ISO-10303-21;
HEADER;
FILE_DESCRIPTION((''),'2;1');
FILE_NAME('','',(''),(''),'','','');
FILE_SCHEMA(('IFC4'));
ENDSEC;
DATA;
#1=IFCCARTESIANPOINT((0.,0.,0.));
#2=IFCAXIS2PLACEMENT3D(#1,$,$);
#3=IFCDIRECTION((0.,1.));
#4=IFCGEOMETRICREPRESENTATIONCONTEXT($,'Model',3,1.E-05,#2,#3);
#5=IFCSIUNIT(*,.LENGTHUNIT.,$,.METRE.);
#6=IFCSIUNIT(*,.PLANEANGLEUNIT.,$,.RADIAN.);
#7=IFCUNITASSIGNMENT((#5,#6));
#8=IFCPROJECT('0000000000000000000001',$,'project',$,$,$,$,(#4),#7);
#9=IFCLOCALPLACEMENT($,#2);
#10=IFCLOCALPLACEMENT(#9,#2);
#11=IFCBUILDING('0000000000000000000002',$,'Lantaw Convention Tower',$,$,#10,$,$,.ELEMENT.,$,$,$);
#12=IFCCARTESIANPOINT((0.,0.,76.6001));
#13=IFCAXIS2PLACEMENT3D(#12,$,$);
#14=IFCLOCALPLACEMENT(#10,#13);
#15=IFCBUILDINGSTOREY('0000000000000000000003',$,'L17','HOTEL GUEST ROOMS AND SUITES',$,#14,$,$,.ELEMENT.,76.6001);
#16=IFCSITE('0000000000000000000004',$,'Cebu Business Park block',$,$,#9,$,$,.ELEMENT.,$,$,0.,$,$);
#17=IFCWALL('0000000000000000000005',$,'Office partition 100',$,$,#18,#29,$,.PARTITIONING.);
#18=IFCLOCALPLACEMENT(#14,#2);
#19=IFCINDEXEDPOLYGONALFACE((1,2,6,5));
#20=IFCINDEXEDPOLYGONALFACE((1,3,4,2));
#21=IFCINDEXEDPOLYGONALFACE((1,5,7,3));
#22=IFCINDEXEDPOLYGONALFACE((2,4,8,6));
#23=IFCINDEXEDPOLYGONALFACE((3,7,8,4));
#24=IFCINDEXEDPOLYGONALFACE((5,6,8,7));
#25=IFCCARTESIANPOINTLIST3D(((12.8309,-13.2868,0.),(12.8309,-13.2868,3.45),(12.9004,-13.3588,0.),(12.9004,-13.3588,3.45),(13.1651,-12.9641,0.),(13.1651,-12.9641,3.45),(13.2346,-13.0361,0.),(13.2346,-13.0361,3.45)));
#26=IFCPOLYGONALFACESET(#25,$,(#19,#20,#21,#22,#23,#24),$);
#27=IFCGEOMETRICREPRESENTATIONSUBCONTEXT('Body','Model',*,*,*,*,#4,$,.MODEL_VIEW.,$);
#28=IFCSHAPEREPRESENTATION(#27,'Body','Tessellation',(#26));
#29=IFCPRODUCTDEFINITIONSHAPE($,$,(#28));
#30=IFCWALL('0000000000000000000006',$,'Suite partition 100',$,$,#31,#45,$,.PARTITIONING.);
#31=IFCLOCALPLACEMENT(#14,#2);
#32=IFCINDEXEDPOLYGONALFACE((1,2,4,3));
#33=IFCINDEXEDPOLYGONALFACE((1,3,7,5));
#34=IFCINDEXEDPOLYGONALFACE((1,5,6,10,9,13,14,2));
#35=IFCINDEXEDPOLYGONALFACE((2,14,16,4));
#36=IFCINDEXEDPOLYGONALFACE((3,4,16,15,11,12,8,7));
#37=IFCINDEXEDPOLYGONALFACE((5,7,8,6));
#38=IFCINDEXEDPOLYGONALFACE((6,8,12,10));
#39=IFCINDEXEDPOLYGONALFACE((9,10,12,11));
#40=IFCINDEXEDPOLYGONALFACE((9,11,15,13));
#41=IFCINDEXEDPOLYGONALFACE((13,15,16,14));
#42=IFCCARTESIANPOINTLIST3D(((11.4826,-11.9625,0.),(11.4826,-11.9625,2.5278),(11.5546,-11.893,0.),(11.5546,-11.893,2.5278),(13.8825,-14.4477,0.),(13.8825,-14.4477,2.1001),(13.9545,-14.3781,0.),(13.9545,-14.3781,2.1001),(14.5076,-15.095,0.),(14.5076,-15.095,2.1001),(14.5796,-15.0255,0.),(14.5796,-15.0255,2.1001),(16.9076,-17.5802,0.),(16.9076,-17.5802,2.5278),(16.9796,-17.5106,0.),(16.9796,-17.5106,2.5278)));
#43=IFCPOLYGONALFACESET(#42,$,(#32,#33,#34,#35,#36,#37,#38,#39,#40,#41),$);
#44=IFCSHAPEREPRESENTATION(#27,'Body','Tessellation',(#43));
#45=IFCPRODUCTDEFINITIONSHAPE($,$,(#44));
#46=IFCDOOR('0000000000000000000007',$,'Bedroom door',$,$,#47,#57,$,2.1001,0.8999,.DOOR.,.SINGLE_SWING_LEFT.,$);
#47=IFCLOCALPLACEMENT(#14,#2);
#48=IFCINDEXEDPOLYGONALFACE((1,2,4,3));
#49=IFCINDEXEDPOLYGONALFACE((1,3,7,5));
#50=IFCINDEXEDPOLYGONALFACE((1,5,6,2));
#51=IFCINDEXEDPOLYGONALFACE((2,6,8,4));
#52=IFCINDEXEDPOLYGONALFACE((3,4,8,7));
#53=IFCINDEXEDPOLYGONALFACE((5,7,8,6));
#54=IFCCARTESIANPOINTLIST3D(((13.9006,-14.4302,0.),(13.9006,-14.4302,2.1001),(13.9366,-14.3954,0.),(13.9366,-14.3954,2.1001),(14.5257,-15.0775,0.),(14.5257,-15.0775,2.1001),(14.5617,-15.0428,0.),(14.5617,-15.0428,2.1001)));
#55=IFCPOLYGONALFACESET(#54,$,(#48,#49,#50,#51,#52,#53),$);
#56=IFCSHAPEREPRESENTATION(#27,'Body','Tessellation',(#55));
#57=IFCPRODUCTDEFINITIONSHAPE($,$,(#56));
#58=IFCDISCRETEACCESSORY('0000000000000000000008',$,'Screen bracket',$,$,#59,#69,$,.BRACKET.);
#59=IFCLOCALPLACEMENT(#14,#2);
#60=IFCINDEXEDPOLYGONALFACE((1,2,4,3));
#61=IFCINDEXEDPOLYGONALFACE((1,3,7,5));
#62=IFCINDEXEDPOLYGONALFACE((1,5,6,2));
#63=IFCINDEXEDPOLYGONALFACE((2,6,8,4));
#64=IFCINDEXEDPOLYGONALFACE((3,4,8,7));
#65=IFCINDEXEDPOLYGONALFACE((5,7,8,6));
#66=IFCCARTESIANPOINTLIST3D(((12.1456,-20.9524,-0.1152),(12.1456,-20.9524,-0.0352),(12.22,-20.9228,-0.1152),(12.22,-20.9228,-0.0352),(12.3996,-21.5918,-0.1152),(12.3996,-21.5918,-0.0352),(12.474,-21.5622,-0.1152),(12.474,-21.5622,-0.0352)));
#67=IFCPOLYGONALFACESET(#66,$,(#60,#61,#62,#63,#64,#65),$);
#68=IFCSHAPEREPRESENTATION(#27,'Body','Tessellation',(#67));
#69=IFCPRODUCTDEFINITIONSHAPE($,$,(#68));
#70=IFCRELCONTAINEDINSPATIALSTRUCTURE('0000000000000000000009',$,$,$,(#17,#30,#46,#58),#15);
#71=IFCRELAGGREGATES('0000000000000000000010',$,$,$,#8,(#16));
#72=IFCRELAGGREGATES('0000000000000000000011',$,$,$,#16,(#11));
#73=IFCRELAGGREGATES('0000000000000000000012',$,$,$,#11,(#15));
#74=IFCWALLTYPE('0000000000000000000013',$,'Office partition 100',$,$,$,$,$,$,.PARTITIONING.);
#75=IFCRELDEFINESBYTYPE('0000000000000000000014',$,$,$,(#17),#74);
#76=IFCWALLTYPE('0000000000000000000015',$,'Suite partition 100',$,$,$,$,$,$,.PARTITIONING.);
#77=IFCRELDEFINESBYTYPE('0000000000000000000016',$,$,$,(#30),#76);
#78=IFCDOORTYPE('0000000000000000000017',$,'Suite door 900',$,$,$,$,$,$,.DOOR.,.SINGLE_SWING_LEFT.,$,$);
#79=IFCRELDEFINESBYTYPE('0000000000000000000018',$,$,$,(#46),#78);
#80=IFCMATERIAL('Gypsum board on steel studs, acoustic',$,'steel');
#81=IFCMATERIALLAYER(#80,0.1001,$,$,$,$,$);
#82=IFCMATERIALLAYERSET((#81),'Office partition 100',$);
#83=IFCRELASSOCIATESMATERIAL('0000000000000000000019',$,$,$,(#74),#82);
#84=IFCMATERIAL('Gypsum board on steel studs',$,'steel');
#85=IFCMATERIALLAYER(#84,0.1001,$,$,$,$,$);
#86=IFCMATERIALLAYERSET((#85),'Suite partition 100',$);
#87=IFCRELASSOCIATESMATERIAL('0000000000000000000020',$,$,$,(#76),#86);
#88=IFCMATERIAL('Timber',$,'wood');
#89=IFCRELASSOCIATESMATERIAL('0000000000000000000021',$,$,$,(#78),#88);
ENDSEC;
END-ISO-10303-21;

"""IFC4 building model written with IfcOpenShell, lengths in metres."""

from ifc_helpers import new_model, si_unit, direction, frame, frame_2d, origin, origin_2d, place, context, subcontext, project, spatial, rectangle, extrude, material, layer, layer_set, type_object, element, fill, save


model = new_model("IFC4")

# Units and contexts
model_context = context("Model", 3, precision=1e-05, world=origin(), true_north=direction((0.0, 1.0)))
body_context = subcontext(model_context, "Body", "Model", "MODEL_VIEW")
ifc_project = project(units=[si_unit("LENGTHUNIT", "METRE"), si_unit("PLANEANGLEUNIT", "RADIAN")], contexts=[model_context])

# Site, building, storey
site_placement = place(None, origin())
site = spatial("IfcSite", under=ifc_project, at=site_placement, Name="Cebu Business Park block", CompositionType="ELEMENT", RefElevation=0.0)
building_placement = place(site_placement, origin())
building = spatial("IfcBuilding", under=site, at=building_placement, Name="Lantaw Convention Tower", CompositionType="ELEMENT")
storey_placement = place(building_placement, frame((0.0, 0.0, 76.6001)))
storey = spatial("IfcBuildingStorey", under=building, at=storey_placement, Name="L17", Description="HOTEL GUEST ROOMS AND SUITES", CompositionType="ELEMENT", Elevation=76.6001)

# Wall
ifc_material_1 = material(Name="Gypsum board on steel studs, acoustic", Category="steel")
ifc_layer_1 = layer(ifc_material_1, 0.1001)
ifc_layer_set_1 = layer_set([ifc_layer_1], Name="Office partition 100")
wall_type_1 = type_object("IfcWallType", Name="Office partition 100", PredefinedType="PARTITIONING", material=ifc_layer_set_1)
wall_1_placement = place(storey_placement, frame((13.2, -13.0, 0.0), z_axis=(0.0, 0.0, 1.0), x_axis=(-0.719347, -0.694651, 0.0)))
element("IfcWall", 1, at=wall_1_placement, inside=storey, type_object=wall_type_1, Name="Office partition 100", PredefinedType="PARTITIONING", context=body_context, shape_type="SweptSolid", body=[
    extrude(rectangle(XDim=0.4646, YDim=0.1001, at=frame_2d((0.2324, 0.0))), origin(), (0.0, 0.0, 1.0), 3.45),
])

# Wall, opening, door
ifc_material_2 = material(Name="Gypsum board on steel studs", Category="steel")
ifc_layer_2 = layer(ifc_material_2, 0.1001)
ifc_layer_set_2 = layer_set([ifc_layer_2], Name="Suite partition 100")
wall_type_2 = type_object("IfcWallType", Name="Suite partition 100", PredefinedType="PARTITIONING", material=ifc_layer_set_2)
wall_2_placement = place(storey_placement, frame((16.9436, -17.5454, 0.0), z_axis=(0.0, 0.0, 1.0), x_axis=(-0.694666, 0.719332, 0.0)))
wall_2 = element("IfcWall", 2, at=wall_2_placement, inside=storey, type_object=wall_type_2, Name="Suite partition 100", PredefinedType="PARTITIONING", context=body_context, shape_type="SweptSolid", body=[
    extrude(rectangle(XDim=7.8096, YDim=0.1001, at=frame_2d((3.9048, 0.0))), origin(), (0.0, 0.0, 1.0), 2.5278),
])
opening_1_placement = place(wall_2_placement, frame((3.4548, 0.0, 0.0)))
opening_1 = element("IfcOpeningElement", 3, at=opening_1_placement, cuts=wall_2, PredefinedType="OPENING", context=body_context, shape_type="SweptSolid", body=[
    extrude(rectangle(XDim=0.8999, YDim=2.1001, at=frame_2d((0.45, 1.05))), frame((0.0, 0.0601, 0.0), z_axis=(0.0, -1.0, 0.0), x_axis=(1.0, 0.0, 0.0)), (0.0, 0.0, 1.0), 0.1201),
])
ifc_material_3 = material(Name="Timber", Category="wood")
door_type_1 = type_object("IfcDoorType", Name="Suite door 900", OperationType="SINGLE_SWING_LEFT", PredefinedType="DOOR", material=ifc_material_3)
door_1_placement = place(opening_1_placement, origin())
door_1 = element("IfcDoor", 4, at=door_1_placement, inside=storey, type_object=door_type_1, Name="Bedroom door", OperationType="SINGLE_SWING_LEFT", OverallHeight=2.1001, OverallWidth=0.8999, PredefinedType="DOOR", context=body_context, shape_type="SweptSolid", body=[
    extrude(rectangle(XDim=0.8999, YDim=2.1001, at=frame_2d((0.45, 1.05))), frame((0.0, 0.0249, 0.0), z_axis=(0.0, -1.0, 0.0), x_axis=(1.0, 0.0, 0.0)), (0.0, 0.0, 1.0), 0.05),
])
fill(opening_1, door_1)

# Discrete accessory
discrete_accessory_placement = place(storey_placement, frame((12.3098, -21.2573, -0.1152), z_axis=(0.0, 0.0, 1.0), x_axis=(0.929361, 0.369172, 0.0)))
element("IfcDiscreteAccessory", 5, at=discrete_accessory_placement, inside=storey, Name="Screen bracket", PredefinedType="BRACKET", context=body_context, shape_type="SweptSolid", body=[
    extrude(rectangle(XDim=0.0801, YDim=0.688, at=origin_2d()), origin(), (0.0, 0.0, 1.0), 0.0801),
])

save(model, "model.ifc")
